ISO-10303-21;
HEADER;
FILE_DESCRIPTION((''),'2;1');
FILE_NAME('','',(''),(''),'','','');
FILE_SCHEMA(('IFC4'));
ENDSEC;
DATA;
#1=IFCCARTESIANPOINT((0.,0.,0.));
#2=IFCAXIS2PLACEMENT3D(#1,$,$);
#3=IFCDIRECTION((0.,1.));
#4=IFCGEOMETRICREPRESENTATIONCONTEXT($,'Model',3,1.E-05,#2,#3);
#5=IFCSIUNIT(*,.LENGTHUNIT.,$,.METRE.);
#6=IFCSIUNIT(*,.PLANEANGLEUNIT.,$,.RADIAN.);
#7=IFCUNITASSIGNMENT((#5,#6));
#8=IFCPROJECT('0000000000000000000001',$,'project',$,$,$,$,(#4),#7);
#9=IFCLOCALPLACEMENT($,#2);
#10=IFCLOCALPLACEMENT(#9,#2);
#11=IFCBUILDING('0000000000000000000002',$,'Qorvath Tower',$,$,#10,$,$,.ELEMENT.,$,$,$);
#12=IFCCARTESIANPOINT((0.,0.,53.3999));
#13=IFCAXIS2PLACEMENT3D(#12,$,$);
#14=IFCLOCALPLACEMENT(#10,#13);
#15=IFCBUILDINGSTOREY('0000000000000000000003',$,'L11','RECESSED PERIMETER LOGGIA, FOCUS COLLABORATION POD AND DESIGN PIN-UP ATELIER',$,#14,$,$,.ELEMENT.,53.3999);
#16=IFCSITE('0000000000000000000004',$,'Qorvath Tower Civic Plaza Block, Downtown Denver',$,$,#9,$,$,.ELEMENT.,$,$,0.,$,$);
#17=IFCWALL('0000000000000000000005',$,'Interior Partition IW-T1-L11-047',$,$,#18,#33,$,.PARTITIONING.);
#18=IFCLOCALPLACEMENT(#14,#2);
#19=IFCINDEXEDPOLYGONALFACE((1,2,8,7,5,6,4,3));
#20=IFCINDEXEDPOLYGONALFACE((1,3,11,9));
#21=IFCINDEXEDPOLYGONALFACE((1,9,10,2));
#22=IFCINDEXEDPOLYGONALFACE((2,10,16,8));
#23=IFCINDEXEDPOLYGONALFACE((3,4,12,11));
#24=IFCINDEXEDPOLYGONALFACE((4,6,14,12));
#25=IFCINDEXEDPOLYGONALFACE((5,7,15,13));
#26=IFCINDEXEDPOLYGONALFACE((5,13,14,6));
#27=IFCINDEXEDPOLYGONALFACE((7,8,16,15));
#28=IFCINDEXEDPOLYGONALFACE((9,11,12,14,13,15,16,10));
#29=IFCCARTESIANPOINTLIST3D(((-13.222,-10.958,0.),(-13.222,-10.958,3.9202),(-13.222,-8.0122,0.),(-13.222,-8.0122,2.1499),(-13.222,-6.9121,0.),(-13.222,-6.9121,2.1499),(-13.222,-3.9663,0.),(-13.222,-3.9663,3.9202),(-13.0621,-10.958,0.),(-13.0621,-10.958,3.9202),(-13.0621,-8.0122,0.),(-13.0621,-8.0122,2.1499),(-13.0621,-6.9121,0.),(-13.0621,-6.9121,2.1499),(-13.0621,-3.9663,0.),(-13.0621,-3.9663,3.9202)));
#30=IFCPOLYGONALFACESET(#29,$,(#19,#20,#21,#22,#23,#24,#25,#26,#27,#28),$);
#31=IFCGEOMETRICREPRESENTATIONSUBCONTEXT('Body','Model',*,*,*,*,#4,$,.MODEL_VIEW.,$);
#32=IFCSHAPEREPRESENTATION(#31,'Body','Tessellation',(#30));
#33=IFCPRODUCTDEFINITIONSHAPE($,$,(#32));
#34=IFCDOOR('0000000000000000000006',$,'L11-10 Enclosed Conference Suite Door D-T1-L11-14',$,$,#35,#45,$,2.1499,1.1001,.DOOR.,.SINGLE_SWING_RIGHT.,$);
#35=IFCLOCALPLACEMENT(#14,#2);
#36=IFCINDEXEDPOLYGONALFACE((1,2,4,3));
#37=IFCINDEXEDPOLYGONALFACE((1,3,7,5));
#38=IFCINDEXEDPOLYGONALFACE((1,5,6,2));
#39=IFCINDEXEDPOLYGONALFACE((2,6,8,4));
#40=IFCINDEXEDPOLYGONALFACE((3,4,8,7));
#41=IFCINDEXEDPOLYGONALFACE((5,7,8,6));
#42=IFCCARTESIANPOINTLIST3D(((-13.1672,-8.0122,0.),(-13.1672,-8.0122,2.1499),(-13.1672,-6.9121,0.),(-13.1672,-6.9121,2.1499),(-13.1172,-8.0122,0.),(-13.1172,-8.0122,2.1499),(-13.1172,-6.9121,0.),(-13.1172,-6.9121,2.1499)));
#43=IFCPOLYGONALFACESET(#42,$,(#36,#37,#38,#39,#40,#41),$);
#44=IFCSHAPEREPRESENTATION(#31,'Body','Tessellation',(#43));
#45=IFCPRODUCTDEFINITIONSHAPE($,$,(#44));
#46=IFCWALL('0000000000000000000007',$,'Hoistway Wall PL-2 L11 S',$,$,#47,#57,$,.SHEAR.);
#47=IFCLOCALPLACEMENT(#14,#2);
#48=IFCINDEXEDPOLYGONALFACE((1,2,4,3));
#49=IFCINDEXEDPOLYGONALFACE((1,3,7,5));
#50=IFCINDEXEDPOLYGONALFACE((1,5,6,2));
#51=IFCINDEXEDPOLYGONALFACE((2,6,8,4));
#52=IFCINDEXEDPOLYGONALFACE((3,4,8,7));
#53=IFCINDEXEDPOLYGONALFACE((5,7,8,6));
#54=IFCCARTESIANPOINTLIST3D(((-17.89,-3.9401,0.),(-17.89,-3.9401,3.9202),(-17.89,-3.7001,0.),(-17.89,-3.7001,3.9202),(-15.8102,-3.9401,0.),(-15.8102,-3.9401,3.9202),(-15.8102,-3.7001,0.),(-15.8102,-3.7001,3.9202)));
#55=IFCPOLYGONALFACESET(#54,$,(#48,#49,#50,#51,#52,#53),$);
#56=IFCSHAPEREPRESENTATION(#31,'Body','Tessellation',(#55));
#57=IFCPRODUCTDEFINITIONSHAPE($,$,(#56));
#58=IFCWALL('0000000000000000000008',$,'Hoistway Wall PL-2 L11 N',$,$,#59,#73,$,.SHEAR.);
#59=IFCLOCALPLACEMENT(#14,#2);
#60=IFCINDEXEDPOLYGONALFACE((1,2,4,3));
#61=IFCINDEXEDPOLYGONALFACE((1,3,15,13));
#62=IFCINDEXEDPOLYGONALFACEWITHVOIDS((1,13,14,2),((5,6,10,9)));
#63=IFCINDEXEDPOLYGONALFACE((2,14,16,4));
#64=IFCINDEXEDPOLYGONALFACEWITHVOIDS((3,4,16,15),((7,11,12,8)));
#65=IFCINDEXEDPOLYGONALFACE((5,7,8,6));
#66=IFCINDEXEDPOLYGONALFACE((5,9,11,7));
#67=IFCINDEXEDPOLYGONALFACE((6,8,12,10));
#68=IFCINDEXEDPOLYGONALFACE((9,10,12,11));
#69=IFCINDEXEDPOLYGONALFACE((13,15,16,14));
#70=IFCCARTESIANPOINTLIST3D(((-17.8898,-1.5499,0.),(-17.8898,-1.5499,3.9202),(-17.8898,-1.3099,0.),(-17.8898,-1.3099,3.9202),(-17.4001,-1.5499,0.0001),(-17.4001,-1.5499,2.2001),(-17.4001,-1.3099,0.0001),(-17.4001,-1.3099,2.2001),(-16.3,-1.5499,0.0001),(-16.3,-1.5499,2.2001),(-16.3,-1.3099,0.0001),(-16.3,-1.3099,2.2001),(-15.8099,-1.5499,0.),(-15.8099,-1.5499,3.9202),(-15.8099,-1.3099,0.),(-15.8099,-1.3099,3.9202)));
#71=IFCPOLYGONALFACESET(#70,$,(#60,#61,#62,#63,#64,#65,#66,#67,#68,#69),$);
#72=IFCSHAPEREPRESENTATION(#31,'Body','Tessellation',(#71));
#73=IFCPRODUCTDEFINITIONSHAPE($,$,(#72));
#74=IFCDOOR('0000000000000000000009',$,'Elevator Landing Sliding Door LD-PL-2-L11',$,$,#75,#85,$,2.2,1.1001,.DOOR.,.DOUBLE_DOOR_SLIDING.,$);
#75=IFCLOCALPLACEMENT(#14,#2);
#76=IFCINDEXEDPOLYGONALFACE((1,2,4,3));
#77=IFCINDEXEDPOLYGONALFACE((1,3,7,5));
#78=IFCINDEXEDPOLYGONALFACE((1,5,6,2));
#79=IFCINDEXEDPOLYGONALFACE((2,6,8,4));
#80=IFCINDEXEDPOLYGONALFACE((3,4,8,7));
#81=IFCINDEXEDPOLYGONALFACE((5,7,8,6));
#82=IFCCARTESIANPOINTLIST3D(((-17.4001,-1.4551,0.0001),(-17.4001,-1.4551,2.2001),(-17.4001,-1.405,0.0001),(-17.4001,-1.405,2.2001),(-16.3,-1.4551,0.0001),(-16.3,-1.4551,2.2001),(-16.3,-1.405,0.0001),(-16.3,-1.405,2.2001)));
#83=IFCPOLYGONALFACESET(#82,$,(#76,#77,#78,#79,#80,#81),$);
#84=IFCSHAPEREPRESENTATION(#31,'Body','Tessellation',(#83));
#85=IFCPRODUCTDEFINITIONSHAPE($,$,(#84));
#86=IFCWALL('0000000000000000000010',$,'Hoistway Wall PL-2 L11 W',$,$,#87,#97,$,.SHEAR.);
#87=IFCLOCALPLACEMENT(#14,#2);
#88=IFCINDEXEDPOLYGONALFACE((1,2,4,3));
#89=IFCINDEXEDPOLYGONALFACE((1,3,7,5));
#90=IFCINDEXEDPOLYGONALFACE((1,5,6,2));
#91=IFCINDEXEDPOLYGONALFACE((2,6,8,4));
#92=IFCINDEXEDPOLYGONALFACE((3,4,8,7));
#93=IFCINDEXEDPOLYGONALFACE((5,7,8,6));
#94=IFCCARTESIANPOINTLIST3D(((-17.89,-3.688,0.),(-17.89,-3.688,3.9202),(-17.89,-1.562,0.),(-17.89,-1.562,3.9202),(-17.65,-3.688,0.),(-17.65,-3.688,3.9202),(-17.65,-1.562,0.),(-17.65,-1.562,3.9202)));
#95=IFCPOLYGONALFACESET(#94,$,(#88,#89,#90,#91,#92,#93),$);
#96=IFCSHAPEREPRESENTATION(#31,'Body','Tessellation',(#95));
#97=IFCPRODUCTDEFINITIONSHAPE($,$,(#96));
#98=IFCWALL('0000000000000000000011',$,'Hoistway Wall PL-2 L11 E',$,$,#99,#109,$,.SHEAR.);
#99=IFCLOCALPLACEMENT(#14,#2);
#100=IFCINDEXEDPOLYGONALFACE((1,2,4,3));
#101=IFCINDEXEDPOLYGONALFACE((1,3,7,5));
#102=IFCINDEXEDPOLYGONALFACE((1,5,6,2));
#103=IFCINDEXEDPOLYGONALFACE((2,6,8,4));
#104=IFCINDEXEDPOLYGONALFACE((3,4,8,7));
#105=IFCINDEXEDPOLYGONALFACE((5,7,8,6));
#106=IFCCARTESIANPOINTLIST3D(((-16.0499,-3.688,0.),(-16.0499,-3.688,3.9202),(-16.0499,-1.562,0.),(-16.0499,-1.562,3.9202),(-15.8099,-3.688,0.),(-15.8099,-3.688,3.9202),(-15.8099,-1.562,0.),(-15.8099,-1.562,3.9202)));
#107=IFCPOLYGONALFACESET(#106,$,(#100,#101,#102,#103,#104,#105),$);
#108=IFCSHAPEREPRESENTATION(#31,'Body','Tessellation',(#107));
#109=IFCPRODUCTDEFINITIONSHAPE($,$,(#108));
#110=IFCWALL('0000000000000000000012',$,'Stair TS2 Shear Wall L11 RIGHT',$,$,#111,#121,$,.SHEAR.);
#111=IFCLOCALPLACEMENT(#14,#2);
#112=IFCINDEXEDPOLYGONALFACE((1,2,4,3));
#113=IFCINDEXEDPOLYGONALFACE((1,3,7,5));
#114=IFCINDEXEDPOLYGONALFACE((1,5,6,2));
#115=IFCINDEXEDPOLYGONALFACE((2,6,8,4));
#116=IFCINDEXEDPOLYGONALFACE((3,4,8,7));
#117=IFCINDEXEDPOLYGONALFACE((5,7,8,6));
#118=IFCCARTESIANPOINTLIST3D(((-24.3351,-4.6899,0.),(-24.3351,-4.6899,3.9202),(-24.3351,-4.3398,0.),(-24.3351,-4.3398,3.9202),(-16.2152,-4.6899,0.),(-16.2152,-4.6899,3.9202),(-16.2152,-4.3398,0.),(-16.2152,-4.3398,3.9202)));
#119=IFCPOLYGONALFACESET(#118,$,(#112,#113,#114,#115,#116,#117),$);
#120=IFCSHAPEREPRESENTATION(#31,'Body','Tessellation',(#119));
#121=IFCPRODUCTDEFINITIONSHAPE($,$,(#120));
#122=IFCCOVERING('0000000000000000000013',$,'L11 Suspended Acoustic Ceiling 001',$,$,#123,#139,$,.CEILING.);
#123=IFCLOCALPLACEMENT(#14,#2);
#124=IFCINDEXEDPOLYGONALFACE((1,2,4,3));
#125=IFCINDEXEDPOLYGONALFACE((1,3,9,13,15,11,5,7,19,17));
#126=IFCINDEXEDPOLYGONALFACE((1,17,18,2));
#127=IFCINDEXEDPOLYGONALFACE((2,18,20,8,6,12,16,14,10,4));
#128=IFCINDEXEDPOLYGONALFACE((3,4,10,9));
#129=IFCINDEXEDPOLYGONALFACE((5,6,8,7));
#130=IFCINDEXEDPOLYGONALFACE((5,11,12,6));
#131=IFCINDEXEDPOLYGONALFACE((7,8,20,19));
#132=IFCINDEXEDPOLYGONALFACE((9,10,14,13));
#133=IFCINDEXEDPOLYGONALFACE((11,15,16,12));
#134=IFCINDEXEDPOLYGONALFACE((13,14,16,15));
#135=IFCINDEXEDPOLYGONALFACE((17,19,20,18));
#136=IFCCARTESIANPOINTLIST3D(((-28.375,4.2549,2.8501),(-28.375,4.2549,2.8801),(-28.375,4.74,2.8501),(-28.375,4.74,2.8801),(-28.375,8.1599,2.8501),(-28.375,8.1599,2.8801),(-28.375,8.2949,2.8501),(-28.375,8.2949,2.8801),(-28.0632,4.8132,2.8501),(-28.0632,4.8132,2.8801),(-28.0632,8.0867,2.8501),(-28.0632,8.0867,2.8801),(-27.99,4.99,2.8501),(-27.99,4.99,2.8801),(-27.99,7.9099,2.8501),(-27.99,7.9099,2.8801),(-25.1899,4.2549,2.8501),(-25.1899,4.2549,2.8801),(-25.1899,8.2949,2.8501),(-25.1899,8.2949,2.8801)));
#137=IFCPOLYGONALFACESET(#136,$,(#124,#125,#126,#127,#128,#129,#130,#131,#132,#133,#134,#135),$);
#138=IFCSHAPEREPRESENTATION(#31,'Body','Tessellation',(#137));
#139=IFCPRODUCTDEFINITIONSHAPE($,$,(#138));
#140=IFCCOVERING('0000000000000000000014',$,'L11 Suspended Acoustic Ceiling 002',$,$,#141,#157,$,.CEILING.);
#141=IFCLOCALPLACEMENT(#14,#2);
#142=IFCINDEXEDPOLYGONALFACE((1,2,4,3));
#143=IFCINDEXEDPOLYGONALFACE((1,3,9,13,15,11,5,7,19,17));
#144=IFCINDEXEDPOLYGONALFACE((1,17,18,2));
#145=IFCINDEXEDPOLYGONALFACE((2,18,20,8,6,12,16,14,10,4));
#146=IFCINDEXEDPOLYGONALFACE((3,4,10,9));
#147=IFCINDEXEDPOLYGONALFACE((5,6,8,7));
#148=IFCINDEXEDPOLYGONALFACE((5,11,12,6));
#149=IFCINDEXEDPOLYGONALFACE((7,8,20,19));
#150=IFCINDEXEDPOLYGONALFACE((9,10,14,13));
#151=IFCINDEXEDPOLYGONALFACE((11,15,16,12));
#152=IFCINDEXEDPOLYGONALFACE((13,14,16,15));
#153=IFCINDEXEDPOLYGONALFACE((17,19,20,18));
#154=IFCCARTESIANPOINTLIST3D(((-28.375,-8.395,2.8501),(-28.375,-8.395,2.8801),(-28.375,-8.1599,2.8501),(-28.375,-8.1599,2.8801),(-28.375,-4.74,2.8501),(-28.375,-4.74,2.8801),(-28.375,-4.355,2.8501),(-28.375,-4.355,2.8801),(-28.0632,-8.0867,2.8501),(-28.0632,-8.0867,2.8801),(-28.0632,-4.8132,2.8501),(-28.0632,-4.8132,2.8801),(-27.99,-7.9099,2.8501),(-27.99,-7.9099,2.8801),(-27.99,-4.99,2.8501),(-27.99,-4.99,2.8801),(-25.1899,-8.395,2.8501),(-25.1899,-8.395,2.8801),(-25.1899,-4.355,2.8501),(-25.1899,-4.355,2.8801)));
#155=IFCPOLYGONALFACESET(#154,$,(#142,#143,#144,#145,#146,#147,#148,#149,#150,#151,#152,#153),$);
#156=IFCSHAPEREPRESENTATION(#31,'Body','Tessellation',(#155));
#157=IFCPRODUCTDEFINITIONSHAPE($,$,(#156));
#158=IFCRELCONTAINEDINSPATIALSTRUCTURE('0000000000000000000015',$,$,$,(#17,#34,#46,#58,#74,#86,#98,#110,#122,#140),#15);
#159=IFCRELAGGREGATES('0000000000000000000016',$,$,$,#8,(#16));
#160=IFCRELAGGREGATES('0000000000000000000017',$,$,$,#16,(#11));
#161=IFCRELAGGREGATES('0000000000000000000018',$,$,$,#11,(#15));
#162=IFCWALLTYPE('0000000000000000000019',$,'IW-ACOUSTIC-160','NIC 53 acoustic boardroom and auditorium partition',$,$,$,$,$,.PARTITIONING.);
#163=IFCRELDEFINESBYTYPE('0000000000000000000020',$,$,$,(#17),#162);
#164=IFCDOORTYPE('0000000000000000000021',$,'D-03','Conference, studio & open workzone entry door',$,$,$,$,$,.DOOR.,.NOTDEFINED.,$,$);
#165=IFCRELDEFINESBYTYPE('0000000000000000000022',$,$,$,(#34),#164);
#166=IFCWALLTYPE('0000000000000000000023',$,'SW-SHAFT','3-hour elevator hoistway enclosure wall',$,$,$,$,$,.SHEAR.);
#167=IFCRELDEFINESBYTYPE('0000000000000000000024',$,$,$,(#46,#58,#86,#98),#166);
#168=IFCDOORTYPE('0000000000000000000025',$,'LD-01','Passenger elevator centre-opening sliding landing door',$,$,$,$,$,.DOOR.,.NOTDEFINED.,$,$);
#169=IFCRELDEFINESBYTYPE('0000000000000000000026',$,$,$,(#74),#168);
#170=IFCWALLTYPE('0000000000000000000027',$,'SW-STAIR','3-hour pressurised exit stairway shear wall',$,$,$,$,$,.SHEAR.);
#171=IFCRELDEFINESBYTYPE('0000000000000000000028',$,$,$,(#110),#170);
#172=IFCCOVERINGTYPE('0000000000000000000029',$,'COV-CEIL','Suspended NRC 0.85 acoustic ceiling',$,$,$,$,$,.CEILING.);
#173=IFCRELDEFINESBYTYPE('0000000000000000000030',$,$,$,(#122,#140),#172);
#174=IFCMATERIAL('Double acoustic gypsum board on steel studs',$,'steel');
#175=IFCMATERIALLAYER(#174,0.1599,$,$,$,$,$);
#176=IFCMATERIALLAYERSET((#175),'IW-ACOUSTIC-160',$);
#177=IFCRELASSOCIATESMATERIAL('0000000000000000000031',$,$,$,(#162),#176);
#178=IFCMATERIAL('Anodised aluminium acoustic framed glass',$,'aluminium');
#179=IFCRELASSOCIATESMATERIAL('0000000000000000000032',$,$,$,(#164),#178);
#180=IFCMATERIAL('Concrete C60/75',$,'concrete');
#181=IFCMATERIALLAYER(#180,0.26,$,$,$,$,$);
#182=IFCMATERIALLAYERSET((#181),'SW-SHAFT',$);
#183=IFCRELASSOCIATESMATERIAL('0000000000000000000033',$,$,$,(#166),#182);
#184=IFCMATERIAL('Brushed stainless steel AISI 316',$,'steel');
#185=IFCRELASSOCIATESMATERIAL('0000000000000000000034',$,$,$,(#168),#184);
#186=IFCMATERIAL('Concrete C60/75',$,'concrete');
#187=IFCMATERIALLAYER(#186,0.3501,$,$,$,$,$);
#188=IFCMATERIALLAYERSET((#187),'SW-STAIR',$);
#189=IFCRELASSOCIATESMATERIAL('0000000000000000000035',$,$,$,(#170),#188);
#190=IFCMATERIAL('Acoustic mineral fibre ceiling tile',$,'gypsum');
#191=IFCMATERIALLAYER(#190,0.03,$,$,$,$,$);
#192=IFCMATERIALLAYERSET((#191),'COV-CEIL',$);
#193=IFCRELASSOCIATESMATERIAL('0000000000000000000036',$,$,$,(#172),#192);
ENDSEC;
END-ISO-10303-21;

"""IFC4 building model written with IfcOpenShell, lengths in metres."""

from ifc_helpers import new_model, si_unit, direction, frame, frame_2d, origin, place, context, subcontext, project, spatial, polyline, rectangle, outline, extrude, material, layer, layer_set, type_object, element, fill, save


model = new_model("IFC4")

# Units and contexts
model_context = context("Model", 3, precision=1e-05, world=origin(), true_north=direction((0.0, 1.0)))
body_context = subcontext(model_context, "Body", "Model", "MODEL_VIEW")
ifc_project = project(units=[si_unit("LENGTHUNIT", "METRE"), si_unit("PLANEANGLEUNIT", "RADIAN")], contexts=[model_context])

# Site, building, storey
site_placement = place(None, origin())
site = spatial("IfcSite", under=ifc_project, at=site_placement, Name="Qorvath Tower Civic Plaza Block, Downtown Denver", CompositionType="ELEMENT", RefElevation=0.0)
building_placement = place(site_placement, origin())
building = spatial("IfcBuilding", under=site, at=building_placement, Name="Qorvath Tower", CompositionType="ELEMENT")
storey_placement = place(building_placement, frame((0.0, 0.0, 53.3999)))
storey = spatial("IfcBuildingStorey", under=building, at=storey_placement, Name="L11", Description="RECESSED PERIMETER LOGGIA, FOCUS COLLABORATION POD AND DESIGN PIN-UP ATELIER", CompositionType="ELEMENT", Elevation=53.3999)

# Wall, opening, door
ifc_material_1 = material(Name="Double acoustic gypsum board on steel studs", Category="steel")
ifc_layer_1 = layer(ifc_material_1, 0.1599)
ifc_layer_set_1 = layer_set([ifc_layer_1], Name="IW-ACOUSTIC-160")
wall_type_1 = type_object("IfcWallType", Name="IW-ACOUSTIC-160", Description="NIC 53 acoustic boardroom and auditorium partition", PredefinedType="PARTITIONING", material=ifc_layer_set_1)
wall_1_placement = place(storey_placement, frame((-13.1421, -3.9663, 0.0), z_axis=(0.0, 0.0, 1.0), x_axis=(0.0, -1.0, 0.0)))
wall_1 = element("IfcWall", 1, at=wall_1_placement, inside=storey, type_object=wall_type_1, Name="Interior Partition IW-T1-L11-047", PredefinedType="PARTITIONING", context=body_context, shape_type="SweptSolid", body=[
    extrude(rectangle(XDim=6.9917, YDim=0.1599, at=frame_2d((3.4958, 0.0))), origin(), (0.0, 0.0, 1.0), 3.9202),
])
opening_1_placement = place(wall_1_placement, frame((2.9458, 0.0, 0.0)))
opening_1 = element("IfcOpeningElement", 2, at=opening_1_placement, cuts=wall_1, PredefinedType="OPENING", context=body_context, shape_type="SweptSolid", body=[
    extrude(rectangle(XDim=1.1001, YDim=2.1499, at=frame_2d((0.55, 1.075))), frame((0.0, 0.0898, 0.0), z_axis=(0.0, -1.0, 0.0), x_axis=(1.0, 0.0, 0.0)), (0.0, 0.0, 1.0), 0.1799),
])
ifc_material_2 = material(Name="Anodised aluminium acoustic framed glass", Category="aluminium")
door_type_1 = type_object("IfcDoorType", Name="D-03", Description="Conference, studio & open workzone entry door", OperationType="NOTDEFINED", PredefinedType="DOOR", material=ifc_material_2)
door_1_placement = place(opening_1_placement, origin())
door_1 = element("IfcDoor", 3, at=door_1_placement, inside=storey, type_object=door_type_1, Name="L11-10 Enclosed Conference Suite Door D-T1-L11-14", OperationType="SINGLE_SWING_RIGHT", OverallHeight=2.1499, OverallWidth=1.1001, PredefinedType="DOOR", context=body_context, shape_type="SweptSolid", body=[
    extrude(rectangle(XDim=1.1001, YDim=2.1499, at=frame_2d((0.55, 1.075))), frame((0.0, 0.0249, 0.0), z_axis=(0.0, -1.0, 0.0), x_axis=(1.0, 0.0, 0.0)), (0.0, 0.0, 1.0), 0.05),
])
fill(opening_1, door_1)

# Wall
ifc_material_3 = material(Name="Concrete C60/75", Category="concrete")
ifc_layer_2 = layer(ifc_material_3, 0.26)
ifc_layer_set_2 = layer_set([ifc_layer_2], Name="SW-SHAFT")
wall_type_2 = type_object("IfcWallType", Name="SW-SHAFT", Description="3-hour elevator hoistway enclosure wall", PredefinedType="SHEAR", material=ifc_layer_set_2)
wall_2_placement = place(storey_placement, frame((-15.8101, -3.8201, 0.0), z_axis=(0.0, 0.0, 1.0), x_axis=(-1.0, 0.0, 0.0)))
element("IfcWall", 4, at=wall_2_placement, inside=storey, type_object=wall_type_2, Name="Hoistway Wall PL-2 L11 S", PredefinedType="SHEAR", context=body_context, shape_type="SweptSolid", body=[
    extrude(rectangle(XDim=2.0798, YDim=0.24, at=frame_2d((1.04, 0.0))), origin(), (0.0, 0.0, 1.0), 3.9202),
])

# Wall, opening, door
wall_3_placement = place(storey_placement, frame((-17.8899, -1.4299, 0.0), z_axis=(0.0, 0.0, 1.0), x_axis=(1.0, 0.0, 0.0)))
wall_3 = element("IfcWall", 5, at=wall_3_placement, inside=storey, type_object=wall_type_2, Name="Hoistway Wall PL-2 L11 N", PredefinedType="SHEAR", context=body_context, shape_type="SweptSolid", body=[
    extrude(rectangle(XDim=2.0798, YDim=0.24, at=frame_2d((1.04, 0.0))), origin(), (0.0, 0.0, 1.0), 3.9202),
])
opening_2_placement = place(wall_3_placement, frame((0.4897, 0.0, 0.0)))
opening_2 = element("IfcOpeningElement", 6, at=opening_2_placement, cuts=wall_3, PredefinedType="OPENING", context=body_context, shape_type="SweptSolid", body=[
    extrude(rectangle(XDim=1.1001, YDim=2.2, at=frame_2d((0.55, 1.1001))), frame((0.0, 0.1299, 0.0), z_axis=(0.0, -1.0, 0.0), x_axis=(1.0, 0.0, 0.0)), (0.0, 0.0, 1.0), 0.26),
])
ifc_material_4 = material(Name="Brushed stainless steel AISI 316", Category="steel")
door_type_2 = type_object("IfcDoorType", Name="LD-01", Description="Passenger elevator centre-opening sliding landing door", OperationType="NOTDEFINED", PredefinedType="DOOR", material=ifc_material_4)
door_2_placement = place(opening_2_placement, origin())
door_2 = element("IfcDoor", 7, at=door_2_placement, inside=storey, type_object=door_type_2, Name="Elevator Landing Sliding Door LD-PL-2-L11", OperationType="DOUBLE_DOOR_SLIDING", OverallHeight=2.2, OverallWidth=1.1001, PredefinedType="DOOR", context=body_context, shape_type="SweptSolid", body=[
    extrude(rectangle(XDim=1.1001, YDim=2.2, at=frame_2d((0.55, 1.1001))), frame((0.0, 0.0249, 0.0), z_axis=(0.0, -1.0, 0.0), x_axis=(1.0, 0.0, 0.0)), (0.0, 0.0, 1.0), 0.05),
])
fill(opening_2, door_2)

# Walls
for number, where, z_axis, x_axis, name in (
    (8, (-17.77, -3.688, 0.0), (0.0, 0.0, 1.0), (0.0, 1.0, 0.0), "Hoistway Wall PL-2 L11 W"),
    (9, (-15.9299, -1.562, 0.0), (0.0, 0.0, 1.0), (0.0, -1.0, 0.0), "Hoistway Wall PL-2 L11 E"),
):
    element("IfcWall", number, at=place(storey_placement, frame(where, z_axis=z_axis, x_axis=x_axis)), inside=storey, type_object=wall_type_2, Name=name, PredefinedType="SHEAR", context=body_context, shape_type="SweptSolid", body=[
        extrude(rectangle(XDim=2.126, YDim=0.24, at=frame_2d((1.063, 0.0))), origin(), (0.0, 0.0, 1.0), 3.9202),
    ])
ifc_material_5 = material(Name="Concrete C60/75", Category="concrete")
ifc_layer_3 = layer(ifc_material_5, 0.3501)
ifc_layer_set_3 = layer_set([ifc_layer_3], Name="SW-STAIR")
wall_type_3 = type_object("IfcWallType", Name="SW-STAIR", Description="3-hour pressurised exit stairway shear wall", PredefinedType="SHEAR", material=ifc_layer_set_3)
wall_4_placement = place(storey_placement, frame((-16.2151, -4.5149, 0.0), z_axis=(0.0, 0.0, 1.0), x_axis=(-1.0, 0.0, 0.0)))
element("IfcWall", 10, at=wall_4_placement, inside=storey, type_object=wall_type_3, Name="Stair TS2 Shear Wall L11 RIGHT", PredefinedType="SHEAR", context=body_context, shape_type="SweptSolid", body=[
    extrude(rectangle(XDim=8.1199, YDim=0.3501, at=frame_2d((4.0601, 0.0))), origin(), (0.0, 0.0, 1.0), 3.9202),
])

# Coverings
ifc_material_6 = material(Name="Acoustic mineral fibre ceiling tile", Category="gypsum")
ifc_layer_4 = layer(ifc_material_6, 0.03)
ifc_layer_set_4 = layer_set([ifc_layer_4], Name="COV-CEIL")
covering_type_1 = type_object("IfcCoveringType", Name="COV-CEIL", Description="Suspended NRC 0.85 acoustic ceiling", PredefinedType="CEILING", material=ifc_layer_set_4)
covering_1_placement = place(storey_placement, frame((0.0, 0.0, 2.8501)))
element("IfcCovering", 11, at=covering_1_placement, inside=storey, type_object=covering_type_1, Name="L11 Suspended Acoustic Ceiling 001", PredefinedType="CEILING", context=body_context, shape_type="SweptSolid", body=[
    extrude(outline(polyline([(-25.1899, 4.2549), (-25.1899, 8.2949), (-28.375, 8.2949), (-28.375, 8.1599), (-28.0632, 8.0867), (-27.99, 7.9099), (-27.99, 4.99), (-28.0632, 4.8132), (-28.375, 4.74), (-28.375, 4.2549), (-25.1899, 4.2549)])), origin(), (0.0, 0.0, 1.0), 0.03),
])
covering_2_placement = place(storey_placement, frame((0.0, 0.0, 2.8501)))
element("IfcCovering", 12, at=covering_2_placement, inside=storey, type_object=covering_type_1, Name="L11 Suspended Acoustic Ceiling 002", PredefinedType="CEILING", context=body_context, shape_type="SweptSolid", body=[
    extrude(outline(polyline([(-25.1899, -8.395), (-25.1899, -4.355), (-28.375, -4.355), (-28.375, -4.74), (-28.0632, -4.8132), (-27.99, -4.99), (-27.99, -7.9099), (-28.0632, -8.0867), (-28.375, -8.1599), (-28.375, -8.395), (-25.1899, -8.395)])), origin(), (0.0, 0.0, 1.0), 0.03),
])

save(model, "model.ifc")
